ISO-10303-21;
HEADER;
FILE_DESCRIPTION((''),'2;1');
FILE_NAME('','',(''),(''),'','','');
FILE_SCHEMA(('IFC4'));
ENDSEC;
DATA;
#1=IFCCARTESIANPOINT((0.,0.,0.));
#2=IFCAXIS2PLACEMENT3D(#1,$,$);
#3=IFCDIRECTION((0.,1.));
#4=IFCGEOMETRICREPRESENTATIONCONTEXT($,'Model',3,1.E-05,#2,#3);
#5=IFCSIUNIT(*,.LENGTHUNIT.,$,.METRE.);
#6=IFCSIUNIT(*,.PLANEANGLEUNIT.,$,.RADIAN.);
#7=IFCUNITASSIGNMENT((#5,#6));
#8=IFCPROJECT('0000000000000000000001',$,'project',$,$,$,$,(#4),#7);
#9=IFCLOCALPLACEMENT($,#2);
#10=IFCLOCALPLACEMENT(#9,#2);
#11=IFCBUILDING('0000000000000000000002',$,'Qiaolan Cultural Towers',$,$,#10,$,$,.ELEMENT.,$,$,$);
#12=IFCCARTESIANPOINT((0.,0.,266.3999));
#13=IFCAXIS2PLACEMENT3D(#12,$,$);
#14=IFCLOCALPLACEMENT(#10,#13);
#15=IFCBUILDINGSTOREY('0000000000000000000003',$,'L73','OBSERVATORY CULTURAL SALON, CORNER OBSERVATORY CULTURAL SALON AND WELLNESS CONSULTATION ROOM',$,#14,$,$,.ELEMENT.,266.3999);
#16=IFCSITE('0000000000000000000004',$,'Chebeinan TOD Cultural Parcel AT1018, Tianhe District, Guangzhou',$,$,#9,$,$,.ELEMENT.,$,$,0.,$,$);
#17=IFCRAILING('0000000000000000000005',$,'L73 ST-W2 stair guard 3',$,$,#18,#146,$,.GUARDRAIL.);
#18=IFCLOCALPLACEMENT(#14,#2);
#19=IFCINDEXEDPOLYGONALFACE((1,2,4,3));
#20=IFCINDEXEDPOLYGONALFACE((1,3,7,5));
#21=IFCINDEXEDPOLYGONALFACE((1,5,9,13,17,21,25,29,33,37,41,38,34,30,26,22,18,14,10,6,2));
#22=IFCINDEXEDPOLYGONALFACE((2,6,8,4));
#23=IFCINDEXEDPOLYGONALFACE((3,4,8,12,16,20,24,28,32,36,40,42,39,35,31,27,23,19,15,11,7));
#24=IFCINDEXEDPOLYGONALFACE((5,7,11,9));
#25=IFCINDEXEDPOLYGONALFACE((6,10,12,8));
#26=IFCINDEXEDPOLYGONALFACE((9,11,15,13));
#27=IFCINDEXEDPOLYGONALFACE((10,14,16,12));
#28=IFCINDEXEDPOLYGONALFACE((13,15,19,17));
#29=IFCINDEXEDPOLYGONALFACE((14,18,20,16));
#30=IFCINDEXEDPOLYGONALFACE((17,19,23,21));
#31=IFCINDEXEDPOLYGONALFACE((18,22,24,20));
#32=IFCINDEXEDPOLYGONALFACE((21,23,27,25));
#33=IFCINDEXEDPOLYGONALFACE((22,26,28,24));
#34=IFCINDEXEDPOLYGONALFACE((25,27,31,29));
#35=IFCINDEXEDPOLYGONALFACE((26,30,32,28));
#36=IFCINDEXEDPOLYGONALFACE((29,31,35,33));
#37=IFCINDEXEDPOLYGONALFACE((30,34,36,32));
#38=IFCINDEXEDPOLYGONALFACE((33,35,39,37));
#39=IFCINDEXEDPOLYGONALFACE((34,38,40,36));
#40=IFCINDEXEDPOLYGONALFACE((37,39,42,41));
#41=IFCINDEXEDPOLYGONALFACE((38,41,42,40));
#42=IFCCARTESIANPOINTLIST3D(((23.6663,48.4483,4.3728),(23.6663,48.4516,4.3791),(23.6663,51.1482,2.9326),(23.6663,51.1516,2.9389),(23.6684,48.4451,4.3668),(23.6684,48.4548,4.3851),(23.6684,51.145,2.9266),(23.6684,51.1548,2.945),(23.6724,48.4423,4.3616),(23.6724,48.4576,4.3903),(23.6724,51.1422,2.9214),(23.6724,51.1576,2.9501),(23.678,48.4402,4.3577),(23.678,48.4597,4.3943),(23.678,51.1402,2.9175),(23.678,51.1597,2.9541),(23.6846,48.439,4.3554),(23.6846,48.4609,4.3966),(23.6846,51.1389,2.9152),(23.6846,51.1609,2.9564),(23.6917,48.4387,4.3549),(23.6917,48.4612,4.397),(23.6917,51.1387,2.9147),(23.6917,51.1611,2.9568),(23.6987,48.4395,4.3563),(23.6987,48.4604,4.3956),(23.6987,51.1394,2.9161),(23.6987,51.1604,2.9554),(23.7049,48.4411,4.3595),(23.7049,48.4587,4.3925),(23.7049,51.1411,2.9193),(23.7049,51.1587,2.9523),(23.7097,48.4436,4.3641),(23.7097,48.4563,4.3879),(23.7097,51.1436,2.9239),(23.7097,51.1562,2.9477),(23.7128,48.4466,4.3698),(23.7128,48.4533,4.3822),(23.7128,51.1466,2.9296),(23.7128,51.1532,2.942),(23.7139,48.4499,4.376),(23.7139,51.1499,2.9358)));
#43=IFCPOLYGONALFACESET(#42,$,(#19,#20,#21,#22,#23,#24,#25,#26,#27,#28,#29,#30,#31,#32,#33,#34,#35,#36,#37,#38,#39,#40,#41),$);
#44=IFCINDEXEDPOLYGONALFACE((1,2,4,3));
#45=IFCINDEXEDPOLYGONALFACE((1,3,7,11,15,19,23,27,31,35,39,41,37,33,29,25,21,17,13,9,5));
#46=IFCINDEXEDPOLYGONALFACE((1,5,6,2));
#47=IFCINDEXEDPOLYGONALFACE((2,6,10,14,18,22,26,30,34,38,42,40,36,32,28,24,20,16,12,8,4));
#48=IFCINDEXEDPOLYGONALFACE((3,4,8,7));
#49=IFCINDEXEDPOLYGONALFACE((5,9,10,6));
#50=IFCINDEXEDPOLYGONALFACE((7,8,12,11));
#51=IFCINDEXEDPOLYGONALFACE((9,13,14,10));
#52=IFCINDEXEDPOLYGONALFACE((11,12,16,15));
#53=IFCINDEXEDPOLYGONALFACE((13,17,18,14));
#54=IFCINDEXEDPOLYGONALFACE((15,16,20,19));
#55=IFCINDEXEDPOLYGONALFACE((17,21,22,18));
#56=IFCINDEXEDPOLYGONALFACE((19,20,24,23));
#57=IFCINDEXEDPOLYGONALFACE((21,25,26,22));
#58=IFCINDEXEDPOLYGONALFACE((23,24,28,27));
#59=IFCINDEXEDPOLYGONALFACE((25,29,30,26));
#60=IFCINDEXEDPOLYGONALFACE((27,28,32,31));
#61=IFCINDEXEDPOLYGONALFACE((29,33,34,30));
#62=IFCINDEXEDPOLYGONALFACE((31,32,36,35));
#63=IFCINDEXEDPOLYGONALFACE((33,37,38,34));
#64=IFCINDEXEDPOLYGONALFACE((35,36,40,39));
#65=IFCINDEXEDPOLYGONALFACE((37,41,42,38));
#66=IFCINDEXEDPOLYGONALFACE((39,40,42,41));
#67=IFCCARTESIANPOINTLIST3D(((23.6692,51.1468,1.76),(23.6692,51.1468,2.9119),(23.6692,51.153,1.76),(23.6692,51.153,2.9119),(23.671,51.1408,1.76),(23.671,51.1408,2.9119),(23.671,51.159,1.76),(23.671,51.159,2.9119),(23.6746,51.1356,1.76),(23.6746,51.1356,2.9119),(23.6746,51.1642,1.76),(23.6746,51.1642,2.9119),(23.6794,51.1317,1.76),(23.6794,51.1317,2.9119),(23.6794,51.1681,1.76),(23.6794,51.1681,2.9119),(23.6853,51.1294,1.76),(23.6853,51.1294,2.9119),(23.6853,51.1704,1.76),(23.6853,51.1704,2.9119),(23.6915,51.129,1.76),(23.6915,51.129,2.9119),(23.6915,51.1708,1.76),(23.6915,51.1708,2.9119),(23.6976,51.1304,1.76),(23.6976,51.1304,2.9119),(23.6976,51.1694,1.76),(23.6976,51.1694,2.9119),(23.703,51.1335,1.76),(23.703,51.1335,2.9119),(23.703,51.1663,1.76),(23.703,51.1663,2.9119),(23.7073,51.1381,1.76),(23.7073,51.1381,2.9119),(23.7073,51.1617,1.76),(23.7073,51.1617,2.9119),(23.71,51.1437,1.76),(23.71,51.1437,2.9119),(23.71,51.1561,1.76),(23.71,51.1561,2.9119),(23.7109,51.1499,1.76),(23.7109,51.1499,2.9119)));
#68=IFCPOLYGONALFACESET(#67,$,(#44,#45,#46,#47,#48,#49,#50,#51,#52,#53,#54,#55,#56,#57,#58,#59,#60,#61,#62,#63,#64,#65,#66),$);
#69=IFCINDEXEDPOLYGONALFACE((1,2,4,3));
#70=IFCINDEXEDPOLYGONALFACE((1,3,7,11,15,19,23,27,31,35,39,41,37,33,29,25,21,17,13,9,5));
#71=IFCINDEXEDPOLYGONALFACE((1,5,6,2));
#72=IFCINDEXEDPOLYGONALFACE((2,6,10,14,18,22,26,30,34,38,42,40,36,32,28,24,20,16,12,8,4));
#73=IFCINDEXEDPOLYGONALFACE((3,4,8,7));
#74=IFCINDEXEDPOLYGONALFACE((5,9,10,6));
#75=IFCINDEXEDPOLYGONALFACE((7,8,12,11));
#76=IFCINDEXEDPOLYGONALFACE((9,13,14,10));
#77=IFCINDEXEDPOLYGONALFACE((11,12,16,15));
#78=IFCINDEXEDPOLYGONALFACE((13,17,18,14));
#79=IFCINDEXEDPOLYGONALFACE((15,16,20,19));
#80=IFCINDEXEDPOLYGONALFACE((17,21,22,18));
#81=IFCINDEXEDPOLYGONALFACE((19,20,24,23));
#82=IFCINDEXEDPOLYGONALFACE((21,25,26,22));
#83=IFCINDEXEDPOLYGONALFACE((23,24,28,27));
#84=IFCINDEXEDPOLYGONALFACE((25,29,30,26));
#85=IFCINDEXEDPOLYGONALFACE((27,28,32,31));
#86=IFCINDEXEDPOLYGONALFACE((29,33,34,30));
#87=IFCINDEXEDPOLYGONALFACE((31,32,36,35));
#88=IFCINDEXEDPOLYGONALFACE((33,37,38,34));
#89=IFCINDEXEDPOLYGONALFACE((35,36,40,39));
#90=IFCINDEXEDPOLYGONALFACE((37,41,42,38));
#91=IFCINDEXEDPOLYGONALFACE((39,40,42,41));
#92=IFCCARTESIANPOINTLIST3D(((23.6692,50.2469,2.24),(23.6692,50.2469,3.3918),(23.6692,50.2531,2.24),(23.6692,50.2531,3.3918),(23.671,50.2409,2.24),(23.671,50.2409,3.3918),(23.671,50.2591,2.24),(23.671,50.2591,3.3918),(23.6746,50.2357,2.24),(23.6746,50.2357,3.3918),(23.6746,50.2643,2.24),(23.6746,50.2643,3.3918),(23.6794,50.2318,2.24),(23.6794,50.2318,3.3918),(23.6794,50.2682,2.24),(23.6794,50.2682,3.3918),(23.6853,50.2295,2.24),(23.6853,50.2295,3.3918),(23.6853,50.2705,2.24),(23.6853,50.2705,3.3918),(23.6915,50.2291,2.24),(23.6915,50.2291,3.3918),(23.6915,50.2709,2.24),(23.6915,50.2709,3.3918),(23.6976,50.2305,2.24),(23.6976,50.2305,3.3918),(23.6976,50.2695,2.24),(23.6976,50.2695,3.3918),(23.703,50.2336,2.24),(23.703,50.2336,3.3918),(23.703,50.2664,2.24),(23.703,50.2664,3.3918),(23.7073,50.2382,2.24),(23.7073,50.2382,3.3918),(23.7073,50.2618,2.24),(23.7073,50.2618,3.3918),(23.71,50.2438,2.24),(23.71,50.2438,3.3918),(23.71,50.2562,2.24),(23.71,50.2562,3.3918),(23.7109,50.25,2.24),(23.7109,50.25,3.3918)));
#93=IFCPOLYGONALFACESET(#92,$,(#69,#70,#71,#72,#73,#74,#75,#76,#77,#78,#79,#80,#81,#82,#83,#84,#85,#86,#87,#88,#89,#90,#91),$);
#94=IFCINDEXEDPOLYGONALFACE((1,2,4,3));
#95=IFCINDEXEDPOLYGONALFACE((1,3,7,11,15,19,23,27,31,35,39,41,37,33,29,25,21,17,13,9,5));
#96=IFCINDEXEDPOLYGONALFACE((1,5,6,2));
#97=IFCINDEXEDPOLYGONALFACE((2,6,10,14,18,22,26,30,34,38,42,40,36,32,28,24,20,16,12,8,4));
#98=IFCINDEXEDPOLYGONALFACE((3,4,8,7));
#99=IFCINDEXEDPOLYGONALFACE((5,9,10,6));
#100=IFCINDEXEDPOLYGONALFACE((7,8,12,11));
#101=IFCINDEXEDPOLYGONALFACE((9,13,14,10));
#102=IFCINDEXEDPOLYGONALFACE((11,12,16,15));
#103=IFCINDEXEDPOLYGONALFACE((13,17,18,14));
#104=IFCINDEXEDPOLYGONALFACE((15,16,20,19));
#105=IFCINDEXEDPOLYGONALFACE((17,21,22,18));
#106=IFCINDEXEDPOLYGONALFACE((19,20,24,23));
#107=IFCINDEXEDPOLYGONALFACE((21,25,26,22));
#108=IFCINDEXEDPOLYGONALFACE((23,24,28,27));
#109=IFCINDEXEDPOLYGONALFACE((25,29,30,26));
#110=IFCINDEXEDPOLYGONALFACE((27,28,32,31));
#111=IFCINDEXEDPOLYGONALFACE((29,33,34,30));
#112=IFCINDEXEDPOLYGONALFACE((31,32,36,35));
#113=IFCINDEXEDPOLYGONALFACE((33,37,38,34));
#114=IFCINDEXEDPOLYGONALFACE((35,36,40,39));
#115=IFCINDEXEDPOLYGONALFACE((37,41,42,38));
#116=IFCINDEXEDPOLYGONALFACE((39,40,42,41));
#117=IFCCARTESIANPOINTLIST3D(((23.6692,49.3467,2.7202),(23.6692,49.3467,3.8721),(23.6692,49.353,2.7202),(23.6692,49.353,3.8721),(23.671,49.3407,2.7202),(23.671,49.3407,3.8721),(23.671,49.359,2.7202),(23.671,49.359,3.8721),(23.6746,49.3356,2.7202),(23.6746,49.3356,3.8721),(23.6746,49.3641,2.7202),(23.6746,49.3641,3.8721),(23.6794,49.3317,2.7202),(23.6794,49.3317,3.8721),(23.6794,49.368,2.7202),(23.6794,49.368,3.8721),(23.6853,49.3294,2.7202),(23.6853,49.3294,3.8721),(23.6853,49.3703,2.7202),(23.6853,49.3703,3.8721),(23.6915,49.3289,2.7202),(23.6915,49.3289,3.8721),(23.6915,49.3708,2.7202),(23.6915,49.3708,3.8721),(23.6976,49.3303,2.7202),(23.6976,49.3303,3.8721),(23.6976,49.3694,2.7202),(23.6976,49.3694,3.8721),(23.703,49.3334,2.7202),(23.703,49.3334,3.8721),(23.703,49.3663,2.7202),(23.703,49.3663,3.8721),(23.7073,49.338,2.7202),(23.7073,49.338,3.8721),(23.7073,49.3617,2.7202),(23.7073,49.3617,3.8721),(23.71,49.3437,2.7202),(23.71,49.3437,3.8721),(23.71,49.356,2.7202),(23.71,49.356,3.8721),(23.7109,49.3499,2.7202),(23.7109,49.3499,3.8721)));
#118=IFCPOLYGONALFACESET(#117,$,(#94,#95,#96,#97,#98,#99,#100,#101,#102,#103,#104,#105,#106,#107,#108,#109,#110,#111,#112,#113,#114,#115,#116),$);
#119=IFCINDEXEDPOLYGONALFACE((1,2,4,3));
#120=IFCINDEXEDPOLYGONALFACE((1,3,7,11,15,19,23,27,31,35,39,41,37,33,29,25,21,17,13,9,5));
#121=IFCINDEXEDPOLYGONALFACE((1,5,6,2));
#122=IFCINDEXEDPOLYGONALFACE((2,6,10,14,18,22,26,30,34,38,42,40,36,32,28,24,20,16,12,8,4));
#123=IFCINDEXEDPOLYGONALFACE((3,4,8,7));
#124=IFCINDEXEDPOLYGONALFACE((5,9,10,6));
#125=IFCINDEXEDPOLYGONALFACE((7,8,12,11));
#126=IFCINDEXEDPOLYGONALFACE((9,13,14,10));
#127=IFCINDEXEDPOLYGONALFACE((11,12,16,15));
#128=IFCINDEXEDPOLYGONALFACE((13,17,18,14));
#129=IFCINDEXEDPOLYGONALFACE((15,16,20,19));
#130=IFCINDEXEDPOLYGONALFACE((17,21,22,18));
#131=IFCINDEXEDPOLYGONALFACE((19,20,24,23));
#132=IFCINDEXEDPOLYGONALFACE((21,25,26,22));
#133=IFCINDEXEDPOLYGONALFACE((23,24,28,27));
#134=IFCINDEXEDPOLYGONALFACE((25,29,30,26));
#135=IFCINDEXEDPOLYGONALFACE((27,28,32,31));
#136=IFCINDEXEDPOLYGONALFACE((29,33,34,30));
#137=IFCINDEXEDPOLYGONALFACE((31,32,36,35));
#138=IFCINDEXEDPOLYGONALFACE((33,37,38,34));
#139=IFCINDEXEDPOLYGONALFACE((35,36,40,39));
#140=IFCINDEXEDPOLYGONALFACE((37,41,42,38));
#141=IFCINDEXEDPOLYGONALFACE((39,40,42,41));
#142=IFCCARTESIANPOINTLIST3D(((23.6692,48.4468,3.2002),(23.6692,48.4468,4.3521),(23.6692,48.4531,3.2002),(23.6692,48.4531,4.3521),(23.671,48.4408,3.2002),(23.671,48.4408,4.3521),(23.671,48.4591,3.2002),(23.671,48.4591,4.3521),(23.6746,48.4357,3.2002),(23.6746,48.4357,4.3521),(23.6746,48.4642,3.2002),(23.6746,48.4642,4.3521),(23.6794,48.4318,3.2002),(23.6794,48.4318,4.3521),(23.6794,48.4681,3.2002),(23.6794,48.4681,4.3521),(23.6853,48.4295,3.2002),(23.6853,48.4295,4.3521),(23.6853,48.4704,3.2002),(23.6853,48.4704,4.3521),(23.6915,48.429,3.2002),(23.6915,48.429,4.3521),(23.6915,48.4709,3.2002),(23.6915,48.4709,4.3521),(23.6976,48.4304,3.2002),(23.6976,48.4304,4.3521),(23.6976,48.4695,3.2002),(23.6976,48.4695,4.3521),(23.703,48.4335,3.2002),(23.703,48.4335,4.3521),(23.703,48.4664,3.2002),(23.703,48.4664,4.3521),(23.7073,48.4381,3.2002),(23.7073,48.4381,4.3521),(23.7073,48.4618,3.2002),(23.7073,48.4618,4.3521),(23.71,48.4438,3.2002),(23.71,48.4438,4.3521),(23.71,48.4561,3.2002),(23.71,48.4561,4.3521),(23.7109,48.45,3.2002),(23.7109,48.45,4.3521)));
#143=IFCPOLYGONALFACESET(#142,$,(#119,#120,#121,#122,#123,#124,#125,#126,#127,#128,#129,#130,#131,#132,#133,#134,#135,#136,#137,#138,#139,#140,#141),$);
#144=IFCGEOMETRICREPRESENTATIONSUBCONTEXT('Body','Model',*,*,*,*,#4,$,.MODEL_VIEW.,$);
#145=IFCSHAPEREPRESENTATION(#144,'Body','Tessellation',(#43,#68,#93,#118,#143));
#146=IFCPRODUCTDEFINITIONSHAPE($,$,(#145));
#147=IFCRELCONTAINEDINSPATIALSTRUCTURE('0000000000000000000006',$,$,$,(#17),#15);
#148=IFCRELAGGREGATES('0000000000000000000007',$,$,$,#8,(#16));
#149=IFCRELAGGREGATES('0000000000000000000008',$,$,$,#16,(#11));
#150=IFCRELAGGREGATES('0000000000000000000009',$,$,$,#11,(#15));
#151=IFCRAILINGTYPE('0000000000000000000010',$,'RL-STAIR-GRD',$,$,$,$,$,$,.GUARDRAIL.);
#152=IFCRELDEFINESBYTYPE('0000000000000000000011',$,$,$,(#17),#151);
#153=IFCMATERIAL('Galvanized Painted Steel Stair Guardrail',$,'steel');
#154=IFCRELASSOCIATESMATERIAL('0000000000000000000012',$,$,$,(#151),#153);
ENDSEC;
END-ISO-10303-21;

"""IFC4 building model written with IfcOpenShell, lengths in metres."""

from ifc_helpers import new_model, si_unit, direction, frame, origin, origin_2d, place, context, subcontext, project, spatial, circle, extrude, material, type_object, element, save


model = new_model("IFC4")

# Units and contexts
model_context = context("Model", 3, precision=1e-05, world=origin(), true_north=direction((0.0, 1.0)))
body_context = subcontext(model_context, "Body", "Model", "MODEL_VIEW")
ifc_project = project(units=[si_unit("LENGTHUNIT", "METRE"), si_unit("PLANEANGLEUNIT", "RADIAN")], contexts=[model_context])

# Site, building, storey
site_placement = place(None, origin())
site = spatial("IfcSite", under=ifc_project, at=site_placement, Name="Chebeinan TOD Cultural Parcel AT1018, Tianhe District, Guangzhou", CompositionType="ELEMENT", RefElevation=0.0)
building_placement = place(site_placement, origin())
building = spatial("IfcBuilding", under=site, at=building_placement, Name="Qiaolan Cultural Towers", CompositionType="ELEMENT")
storey_placement = place(building_placement, frame((0.0, 0.0, 266.3999)))
storey = spatial("IfcBuildingStorey", under=building, at=storey_placement, Name="L73", Description="OBSERVATORY CULTURAL SALON, CORNER OBSERVATORY CULTURAL SALON AND WELLNESS CONSULTATION ROOM", CompositionType="ELEMENT", Elevation=266.3999)

# Railing
ifc_material_1 = material(Name="Galvanized Painted Steel Stair Guardrail", Category="steel")
railing_type_1 = type_object("IfcRailingType", Name="RL-STAIR-GRD", PredefinedType="GUARDRAIL", material=ifc_material_1)
railing_1_placement = place(storey_placement, frame((23.6899, 51.1499, 1.76)))
element("IfcRailing", 1, at=railing_1_placement, inside=storey, type_object=railing_type_1, Name="L73 ST-W2 stair guard 3", PredefinedType="GUARDRAIL", context=body_context, shape_type="SweptSolid", body=[
    extrude(circle(Radius=0.0239, at=origin_2d()), frame((0.0, 0.0, 1.1758), z_axis=(0.0, -0.882324, 0.470642), x_axis=(1.0, 0.0, 0.0)), (0.0, 0.0, 1.0), 3.0601),
    extrude(circle(Radius=0.021, at=origin_2d()), origin(), (0.0, 0.0, 1.0), 1.1519),
    extrude(circle(Radius=0.021, at=origin_2d()), frame((0.0, -0.8999, 0.48)), (0.0, 0.0, 1.0), 1.1519),
    extrude(circle(Radius=0.021, at=origin_2d()), frame((0.0, -1.8, 0.9602)), (0.0, 0.0, 1.0), 1.1519),
    extrude(circle(Radius=0.021, at=origin_2d()), frame((0.0, -2.7, 1.4402)), (0.0, 0.0, 1.0), 1.1519),
])

save(model, "model.ifc")
